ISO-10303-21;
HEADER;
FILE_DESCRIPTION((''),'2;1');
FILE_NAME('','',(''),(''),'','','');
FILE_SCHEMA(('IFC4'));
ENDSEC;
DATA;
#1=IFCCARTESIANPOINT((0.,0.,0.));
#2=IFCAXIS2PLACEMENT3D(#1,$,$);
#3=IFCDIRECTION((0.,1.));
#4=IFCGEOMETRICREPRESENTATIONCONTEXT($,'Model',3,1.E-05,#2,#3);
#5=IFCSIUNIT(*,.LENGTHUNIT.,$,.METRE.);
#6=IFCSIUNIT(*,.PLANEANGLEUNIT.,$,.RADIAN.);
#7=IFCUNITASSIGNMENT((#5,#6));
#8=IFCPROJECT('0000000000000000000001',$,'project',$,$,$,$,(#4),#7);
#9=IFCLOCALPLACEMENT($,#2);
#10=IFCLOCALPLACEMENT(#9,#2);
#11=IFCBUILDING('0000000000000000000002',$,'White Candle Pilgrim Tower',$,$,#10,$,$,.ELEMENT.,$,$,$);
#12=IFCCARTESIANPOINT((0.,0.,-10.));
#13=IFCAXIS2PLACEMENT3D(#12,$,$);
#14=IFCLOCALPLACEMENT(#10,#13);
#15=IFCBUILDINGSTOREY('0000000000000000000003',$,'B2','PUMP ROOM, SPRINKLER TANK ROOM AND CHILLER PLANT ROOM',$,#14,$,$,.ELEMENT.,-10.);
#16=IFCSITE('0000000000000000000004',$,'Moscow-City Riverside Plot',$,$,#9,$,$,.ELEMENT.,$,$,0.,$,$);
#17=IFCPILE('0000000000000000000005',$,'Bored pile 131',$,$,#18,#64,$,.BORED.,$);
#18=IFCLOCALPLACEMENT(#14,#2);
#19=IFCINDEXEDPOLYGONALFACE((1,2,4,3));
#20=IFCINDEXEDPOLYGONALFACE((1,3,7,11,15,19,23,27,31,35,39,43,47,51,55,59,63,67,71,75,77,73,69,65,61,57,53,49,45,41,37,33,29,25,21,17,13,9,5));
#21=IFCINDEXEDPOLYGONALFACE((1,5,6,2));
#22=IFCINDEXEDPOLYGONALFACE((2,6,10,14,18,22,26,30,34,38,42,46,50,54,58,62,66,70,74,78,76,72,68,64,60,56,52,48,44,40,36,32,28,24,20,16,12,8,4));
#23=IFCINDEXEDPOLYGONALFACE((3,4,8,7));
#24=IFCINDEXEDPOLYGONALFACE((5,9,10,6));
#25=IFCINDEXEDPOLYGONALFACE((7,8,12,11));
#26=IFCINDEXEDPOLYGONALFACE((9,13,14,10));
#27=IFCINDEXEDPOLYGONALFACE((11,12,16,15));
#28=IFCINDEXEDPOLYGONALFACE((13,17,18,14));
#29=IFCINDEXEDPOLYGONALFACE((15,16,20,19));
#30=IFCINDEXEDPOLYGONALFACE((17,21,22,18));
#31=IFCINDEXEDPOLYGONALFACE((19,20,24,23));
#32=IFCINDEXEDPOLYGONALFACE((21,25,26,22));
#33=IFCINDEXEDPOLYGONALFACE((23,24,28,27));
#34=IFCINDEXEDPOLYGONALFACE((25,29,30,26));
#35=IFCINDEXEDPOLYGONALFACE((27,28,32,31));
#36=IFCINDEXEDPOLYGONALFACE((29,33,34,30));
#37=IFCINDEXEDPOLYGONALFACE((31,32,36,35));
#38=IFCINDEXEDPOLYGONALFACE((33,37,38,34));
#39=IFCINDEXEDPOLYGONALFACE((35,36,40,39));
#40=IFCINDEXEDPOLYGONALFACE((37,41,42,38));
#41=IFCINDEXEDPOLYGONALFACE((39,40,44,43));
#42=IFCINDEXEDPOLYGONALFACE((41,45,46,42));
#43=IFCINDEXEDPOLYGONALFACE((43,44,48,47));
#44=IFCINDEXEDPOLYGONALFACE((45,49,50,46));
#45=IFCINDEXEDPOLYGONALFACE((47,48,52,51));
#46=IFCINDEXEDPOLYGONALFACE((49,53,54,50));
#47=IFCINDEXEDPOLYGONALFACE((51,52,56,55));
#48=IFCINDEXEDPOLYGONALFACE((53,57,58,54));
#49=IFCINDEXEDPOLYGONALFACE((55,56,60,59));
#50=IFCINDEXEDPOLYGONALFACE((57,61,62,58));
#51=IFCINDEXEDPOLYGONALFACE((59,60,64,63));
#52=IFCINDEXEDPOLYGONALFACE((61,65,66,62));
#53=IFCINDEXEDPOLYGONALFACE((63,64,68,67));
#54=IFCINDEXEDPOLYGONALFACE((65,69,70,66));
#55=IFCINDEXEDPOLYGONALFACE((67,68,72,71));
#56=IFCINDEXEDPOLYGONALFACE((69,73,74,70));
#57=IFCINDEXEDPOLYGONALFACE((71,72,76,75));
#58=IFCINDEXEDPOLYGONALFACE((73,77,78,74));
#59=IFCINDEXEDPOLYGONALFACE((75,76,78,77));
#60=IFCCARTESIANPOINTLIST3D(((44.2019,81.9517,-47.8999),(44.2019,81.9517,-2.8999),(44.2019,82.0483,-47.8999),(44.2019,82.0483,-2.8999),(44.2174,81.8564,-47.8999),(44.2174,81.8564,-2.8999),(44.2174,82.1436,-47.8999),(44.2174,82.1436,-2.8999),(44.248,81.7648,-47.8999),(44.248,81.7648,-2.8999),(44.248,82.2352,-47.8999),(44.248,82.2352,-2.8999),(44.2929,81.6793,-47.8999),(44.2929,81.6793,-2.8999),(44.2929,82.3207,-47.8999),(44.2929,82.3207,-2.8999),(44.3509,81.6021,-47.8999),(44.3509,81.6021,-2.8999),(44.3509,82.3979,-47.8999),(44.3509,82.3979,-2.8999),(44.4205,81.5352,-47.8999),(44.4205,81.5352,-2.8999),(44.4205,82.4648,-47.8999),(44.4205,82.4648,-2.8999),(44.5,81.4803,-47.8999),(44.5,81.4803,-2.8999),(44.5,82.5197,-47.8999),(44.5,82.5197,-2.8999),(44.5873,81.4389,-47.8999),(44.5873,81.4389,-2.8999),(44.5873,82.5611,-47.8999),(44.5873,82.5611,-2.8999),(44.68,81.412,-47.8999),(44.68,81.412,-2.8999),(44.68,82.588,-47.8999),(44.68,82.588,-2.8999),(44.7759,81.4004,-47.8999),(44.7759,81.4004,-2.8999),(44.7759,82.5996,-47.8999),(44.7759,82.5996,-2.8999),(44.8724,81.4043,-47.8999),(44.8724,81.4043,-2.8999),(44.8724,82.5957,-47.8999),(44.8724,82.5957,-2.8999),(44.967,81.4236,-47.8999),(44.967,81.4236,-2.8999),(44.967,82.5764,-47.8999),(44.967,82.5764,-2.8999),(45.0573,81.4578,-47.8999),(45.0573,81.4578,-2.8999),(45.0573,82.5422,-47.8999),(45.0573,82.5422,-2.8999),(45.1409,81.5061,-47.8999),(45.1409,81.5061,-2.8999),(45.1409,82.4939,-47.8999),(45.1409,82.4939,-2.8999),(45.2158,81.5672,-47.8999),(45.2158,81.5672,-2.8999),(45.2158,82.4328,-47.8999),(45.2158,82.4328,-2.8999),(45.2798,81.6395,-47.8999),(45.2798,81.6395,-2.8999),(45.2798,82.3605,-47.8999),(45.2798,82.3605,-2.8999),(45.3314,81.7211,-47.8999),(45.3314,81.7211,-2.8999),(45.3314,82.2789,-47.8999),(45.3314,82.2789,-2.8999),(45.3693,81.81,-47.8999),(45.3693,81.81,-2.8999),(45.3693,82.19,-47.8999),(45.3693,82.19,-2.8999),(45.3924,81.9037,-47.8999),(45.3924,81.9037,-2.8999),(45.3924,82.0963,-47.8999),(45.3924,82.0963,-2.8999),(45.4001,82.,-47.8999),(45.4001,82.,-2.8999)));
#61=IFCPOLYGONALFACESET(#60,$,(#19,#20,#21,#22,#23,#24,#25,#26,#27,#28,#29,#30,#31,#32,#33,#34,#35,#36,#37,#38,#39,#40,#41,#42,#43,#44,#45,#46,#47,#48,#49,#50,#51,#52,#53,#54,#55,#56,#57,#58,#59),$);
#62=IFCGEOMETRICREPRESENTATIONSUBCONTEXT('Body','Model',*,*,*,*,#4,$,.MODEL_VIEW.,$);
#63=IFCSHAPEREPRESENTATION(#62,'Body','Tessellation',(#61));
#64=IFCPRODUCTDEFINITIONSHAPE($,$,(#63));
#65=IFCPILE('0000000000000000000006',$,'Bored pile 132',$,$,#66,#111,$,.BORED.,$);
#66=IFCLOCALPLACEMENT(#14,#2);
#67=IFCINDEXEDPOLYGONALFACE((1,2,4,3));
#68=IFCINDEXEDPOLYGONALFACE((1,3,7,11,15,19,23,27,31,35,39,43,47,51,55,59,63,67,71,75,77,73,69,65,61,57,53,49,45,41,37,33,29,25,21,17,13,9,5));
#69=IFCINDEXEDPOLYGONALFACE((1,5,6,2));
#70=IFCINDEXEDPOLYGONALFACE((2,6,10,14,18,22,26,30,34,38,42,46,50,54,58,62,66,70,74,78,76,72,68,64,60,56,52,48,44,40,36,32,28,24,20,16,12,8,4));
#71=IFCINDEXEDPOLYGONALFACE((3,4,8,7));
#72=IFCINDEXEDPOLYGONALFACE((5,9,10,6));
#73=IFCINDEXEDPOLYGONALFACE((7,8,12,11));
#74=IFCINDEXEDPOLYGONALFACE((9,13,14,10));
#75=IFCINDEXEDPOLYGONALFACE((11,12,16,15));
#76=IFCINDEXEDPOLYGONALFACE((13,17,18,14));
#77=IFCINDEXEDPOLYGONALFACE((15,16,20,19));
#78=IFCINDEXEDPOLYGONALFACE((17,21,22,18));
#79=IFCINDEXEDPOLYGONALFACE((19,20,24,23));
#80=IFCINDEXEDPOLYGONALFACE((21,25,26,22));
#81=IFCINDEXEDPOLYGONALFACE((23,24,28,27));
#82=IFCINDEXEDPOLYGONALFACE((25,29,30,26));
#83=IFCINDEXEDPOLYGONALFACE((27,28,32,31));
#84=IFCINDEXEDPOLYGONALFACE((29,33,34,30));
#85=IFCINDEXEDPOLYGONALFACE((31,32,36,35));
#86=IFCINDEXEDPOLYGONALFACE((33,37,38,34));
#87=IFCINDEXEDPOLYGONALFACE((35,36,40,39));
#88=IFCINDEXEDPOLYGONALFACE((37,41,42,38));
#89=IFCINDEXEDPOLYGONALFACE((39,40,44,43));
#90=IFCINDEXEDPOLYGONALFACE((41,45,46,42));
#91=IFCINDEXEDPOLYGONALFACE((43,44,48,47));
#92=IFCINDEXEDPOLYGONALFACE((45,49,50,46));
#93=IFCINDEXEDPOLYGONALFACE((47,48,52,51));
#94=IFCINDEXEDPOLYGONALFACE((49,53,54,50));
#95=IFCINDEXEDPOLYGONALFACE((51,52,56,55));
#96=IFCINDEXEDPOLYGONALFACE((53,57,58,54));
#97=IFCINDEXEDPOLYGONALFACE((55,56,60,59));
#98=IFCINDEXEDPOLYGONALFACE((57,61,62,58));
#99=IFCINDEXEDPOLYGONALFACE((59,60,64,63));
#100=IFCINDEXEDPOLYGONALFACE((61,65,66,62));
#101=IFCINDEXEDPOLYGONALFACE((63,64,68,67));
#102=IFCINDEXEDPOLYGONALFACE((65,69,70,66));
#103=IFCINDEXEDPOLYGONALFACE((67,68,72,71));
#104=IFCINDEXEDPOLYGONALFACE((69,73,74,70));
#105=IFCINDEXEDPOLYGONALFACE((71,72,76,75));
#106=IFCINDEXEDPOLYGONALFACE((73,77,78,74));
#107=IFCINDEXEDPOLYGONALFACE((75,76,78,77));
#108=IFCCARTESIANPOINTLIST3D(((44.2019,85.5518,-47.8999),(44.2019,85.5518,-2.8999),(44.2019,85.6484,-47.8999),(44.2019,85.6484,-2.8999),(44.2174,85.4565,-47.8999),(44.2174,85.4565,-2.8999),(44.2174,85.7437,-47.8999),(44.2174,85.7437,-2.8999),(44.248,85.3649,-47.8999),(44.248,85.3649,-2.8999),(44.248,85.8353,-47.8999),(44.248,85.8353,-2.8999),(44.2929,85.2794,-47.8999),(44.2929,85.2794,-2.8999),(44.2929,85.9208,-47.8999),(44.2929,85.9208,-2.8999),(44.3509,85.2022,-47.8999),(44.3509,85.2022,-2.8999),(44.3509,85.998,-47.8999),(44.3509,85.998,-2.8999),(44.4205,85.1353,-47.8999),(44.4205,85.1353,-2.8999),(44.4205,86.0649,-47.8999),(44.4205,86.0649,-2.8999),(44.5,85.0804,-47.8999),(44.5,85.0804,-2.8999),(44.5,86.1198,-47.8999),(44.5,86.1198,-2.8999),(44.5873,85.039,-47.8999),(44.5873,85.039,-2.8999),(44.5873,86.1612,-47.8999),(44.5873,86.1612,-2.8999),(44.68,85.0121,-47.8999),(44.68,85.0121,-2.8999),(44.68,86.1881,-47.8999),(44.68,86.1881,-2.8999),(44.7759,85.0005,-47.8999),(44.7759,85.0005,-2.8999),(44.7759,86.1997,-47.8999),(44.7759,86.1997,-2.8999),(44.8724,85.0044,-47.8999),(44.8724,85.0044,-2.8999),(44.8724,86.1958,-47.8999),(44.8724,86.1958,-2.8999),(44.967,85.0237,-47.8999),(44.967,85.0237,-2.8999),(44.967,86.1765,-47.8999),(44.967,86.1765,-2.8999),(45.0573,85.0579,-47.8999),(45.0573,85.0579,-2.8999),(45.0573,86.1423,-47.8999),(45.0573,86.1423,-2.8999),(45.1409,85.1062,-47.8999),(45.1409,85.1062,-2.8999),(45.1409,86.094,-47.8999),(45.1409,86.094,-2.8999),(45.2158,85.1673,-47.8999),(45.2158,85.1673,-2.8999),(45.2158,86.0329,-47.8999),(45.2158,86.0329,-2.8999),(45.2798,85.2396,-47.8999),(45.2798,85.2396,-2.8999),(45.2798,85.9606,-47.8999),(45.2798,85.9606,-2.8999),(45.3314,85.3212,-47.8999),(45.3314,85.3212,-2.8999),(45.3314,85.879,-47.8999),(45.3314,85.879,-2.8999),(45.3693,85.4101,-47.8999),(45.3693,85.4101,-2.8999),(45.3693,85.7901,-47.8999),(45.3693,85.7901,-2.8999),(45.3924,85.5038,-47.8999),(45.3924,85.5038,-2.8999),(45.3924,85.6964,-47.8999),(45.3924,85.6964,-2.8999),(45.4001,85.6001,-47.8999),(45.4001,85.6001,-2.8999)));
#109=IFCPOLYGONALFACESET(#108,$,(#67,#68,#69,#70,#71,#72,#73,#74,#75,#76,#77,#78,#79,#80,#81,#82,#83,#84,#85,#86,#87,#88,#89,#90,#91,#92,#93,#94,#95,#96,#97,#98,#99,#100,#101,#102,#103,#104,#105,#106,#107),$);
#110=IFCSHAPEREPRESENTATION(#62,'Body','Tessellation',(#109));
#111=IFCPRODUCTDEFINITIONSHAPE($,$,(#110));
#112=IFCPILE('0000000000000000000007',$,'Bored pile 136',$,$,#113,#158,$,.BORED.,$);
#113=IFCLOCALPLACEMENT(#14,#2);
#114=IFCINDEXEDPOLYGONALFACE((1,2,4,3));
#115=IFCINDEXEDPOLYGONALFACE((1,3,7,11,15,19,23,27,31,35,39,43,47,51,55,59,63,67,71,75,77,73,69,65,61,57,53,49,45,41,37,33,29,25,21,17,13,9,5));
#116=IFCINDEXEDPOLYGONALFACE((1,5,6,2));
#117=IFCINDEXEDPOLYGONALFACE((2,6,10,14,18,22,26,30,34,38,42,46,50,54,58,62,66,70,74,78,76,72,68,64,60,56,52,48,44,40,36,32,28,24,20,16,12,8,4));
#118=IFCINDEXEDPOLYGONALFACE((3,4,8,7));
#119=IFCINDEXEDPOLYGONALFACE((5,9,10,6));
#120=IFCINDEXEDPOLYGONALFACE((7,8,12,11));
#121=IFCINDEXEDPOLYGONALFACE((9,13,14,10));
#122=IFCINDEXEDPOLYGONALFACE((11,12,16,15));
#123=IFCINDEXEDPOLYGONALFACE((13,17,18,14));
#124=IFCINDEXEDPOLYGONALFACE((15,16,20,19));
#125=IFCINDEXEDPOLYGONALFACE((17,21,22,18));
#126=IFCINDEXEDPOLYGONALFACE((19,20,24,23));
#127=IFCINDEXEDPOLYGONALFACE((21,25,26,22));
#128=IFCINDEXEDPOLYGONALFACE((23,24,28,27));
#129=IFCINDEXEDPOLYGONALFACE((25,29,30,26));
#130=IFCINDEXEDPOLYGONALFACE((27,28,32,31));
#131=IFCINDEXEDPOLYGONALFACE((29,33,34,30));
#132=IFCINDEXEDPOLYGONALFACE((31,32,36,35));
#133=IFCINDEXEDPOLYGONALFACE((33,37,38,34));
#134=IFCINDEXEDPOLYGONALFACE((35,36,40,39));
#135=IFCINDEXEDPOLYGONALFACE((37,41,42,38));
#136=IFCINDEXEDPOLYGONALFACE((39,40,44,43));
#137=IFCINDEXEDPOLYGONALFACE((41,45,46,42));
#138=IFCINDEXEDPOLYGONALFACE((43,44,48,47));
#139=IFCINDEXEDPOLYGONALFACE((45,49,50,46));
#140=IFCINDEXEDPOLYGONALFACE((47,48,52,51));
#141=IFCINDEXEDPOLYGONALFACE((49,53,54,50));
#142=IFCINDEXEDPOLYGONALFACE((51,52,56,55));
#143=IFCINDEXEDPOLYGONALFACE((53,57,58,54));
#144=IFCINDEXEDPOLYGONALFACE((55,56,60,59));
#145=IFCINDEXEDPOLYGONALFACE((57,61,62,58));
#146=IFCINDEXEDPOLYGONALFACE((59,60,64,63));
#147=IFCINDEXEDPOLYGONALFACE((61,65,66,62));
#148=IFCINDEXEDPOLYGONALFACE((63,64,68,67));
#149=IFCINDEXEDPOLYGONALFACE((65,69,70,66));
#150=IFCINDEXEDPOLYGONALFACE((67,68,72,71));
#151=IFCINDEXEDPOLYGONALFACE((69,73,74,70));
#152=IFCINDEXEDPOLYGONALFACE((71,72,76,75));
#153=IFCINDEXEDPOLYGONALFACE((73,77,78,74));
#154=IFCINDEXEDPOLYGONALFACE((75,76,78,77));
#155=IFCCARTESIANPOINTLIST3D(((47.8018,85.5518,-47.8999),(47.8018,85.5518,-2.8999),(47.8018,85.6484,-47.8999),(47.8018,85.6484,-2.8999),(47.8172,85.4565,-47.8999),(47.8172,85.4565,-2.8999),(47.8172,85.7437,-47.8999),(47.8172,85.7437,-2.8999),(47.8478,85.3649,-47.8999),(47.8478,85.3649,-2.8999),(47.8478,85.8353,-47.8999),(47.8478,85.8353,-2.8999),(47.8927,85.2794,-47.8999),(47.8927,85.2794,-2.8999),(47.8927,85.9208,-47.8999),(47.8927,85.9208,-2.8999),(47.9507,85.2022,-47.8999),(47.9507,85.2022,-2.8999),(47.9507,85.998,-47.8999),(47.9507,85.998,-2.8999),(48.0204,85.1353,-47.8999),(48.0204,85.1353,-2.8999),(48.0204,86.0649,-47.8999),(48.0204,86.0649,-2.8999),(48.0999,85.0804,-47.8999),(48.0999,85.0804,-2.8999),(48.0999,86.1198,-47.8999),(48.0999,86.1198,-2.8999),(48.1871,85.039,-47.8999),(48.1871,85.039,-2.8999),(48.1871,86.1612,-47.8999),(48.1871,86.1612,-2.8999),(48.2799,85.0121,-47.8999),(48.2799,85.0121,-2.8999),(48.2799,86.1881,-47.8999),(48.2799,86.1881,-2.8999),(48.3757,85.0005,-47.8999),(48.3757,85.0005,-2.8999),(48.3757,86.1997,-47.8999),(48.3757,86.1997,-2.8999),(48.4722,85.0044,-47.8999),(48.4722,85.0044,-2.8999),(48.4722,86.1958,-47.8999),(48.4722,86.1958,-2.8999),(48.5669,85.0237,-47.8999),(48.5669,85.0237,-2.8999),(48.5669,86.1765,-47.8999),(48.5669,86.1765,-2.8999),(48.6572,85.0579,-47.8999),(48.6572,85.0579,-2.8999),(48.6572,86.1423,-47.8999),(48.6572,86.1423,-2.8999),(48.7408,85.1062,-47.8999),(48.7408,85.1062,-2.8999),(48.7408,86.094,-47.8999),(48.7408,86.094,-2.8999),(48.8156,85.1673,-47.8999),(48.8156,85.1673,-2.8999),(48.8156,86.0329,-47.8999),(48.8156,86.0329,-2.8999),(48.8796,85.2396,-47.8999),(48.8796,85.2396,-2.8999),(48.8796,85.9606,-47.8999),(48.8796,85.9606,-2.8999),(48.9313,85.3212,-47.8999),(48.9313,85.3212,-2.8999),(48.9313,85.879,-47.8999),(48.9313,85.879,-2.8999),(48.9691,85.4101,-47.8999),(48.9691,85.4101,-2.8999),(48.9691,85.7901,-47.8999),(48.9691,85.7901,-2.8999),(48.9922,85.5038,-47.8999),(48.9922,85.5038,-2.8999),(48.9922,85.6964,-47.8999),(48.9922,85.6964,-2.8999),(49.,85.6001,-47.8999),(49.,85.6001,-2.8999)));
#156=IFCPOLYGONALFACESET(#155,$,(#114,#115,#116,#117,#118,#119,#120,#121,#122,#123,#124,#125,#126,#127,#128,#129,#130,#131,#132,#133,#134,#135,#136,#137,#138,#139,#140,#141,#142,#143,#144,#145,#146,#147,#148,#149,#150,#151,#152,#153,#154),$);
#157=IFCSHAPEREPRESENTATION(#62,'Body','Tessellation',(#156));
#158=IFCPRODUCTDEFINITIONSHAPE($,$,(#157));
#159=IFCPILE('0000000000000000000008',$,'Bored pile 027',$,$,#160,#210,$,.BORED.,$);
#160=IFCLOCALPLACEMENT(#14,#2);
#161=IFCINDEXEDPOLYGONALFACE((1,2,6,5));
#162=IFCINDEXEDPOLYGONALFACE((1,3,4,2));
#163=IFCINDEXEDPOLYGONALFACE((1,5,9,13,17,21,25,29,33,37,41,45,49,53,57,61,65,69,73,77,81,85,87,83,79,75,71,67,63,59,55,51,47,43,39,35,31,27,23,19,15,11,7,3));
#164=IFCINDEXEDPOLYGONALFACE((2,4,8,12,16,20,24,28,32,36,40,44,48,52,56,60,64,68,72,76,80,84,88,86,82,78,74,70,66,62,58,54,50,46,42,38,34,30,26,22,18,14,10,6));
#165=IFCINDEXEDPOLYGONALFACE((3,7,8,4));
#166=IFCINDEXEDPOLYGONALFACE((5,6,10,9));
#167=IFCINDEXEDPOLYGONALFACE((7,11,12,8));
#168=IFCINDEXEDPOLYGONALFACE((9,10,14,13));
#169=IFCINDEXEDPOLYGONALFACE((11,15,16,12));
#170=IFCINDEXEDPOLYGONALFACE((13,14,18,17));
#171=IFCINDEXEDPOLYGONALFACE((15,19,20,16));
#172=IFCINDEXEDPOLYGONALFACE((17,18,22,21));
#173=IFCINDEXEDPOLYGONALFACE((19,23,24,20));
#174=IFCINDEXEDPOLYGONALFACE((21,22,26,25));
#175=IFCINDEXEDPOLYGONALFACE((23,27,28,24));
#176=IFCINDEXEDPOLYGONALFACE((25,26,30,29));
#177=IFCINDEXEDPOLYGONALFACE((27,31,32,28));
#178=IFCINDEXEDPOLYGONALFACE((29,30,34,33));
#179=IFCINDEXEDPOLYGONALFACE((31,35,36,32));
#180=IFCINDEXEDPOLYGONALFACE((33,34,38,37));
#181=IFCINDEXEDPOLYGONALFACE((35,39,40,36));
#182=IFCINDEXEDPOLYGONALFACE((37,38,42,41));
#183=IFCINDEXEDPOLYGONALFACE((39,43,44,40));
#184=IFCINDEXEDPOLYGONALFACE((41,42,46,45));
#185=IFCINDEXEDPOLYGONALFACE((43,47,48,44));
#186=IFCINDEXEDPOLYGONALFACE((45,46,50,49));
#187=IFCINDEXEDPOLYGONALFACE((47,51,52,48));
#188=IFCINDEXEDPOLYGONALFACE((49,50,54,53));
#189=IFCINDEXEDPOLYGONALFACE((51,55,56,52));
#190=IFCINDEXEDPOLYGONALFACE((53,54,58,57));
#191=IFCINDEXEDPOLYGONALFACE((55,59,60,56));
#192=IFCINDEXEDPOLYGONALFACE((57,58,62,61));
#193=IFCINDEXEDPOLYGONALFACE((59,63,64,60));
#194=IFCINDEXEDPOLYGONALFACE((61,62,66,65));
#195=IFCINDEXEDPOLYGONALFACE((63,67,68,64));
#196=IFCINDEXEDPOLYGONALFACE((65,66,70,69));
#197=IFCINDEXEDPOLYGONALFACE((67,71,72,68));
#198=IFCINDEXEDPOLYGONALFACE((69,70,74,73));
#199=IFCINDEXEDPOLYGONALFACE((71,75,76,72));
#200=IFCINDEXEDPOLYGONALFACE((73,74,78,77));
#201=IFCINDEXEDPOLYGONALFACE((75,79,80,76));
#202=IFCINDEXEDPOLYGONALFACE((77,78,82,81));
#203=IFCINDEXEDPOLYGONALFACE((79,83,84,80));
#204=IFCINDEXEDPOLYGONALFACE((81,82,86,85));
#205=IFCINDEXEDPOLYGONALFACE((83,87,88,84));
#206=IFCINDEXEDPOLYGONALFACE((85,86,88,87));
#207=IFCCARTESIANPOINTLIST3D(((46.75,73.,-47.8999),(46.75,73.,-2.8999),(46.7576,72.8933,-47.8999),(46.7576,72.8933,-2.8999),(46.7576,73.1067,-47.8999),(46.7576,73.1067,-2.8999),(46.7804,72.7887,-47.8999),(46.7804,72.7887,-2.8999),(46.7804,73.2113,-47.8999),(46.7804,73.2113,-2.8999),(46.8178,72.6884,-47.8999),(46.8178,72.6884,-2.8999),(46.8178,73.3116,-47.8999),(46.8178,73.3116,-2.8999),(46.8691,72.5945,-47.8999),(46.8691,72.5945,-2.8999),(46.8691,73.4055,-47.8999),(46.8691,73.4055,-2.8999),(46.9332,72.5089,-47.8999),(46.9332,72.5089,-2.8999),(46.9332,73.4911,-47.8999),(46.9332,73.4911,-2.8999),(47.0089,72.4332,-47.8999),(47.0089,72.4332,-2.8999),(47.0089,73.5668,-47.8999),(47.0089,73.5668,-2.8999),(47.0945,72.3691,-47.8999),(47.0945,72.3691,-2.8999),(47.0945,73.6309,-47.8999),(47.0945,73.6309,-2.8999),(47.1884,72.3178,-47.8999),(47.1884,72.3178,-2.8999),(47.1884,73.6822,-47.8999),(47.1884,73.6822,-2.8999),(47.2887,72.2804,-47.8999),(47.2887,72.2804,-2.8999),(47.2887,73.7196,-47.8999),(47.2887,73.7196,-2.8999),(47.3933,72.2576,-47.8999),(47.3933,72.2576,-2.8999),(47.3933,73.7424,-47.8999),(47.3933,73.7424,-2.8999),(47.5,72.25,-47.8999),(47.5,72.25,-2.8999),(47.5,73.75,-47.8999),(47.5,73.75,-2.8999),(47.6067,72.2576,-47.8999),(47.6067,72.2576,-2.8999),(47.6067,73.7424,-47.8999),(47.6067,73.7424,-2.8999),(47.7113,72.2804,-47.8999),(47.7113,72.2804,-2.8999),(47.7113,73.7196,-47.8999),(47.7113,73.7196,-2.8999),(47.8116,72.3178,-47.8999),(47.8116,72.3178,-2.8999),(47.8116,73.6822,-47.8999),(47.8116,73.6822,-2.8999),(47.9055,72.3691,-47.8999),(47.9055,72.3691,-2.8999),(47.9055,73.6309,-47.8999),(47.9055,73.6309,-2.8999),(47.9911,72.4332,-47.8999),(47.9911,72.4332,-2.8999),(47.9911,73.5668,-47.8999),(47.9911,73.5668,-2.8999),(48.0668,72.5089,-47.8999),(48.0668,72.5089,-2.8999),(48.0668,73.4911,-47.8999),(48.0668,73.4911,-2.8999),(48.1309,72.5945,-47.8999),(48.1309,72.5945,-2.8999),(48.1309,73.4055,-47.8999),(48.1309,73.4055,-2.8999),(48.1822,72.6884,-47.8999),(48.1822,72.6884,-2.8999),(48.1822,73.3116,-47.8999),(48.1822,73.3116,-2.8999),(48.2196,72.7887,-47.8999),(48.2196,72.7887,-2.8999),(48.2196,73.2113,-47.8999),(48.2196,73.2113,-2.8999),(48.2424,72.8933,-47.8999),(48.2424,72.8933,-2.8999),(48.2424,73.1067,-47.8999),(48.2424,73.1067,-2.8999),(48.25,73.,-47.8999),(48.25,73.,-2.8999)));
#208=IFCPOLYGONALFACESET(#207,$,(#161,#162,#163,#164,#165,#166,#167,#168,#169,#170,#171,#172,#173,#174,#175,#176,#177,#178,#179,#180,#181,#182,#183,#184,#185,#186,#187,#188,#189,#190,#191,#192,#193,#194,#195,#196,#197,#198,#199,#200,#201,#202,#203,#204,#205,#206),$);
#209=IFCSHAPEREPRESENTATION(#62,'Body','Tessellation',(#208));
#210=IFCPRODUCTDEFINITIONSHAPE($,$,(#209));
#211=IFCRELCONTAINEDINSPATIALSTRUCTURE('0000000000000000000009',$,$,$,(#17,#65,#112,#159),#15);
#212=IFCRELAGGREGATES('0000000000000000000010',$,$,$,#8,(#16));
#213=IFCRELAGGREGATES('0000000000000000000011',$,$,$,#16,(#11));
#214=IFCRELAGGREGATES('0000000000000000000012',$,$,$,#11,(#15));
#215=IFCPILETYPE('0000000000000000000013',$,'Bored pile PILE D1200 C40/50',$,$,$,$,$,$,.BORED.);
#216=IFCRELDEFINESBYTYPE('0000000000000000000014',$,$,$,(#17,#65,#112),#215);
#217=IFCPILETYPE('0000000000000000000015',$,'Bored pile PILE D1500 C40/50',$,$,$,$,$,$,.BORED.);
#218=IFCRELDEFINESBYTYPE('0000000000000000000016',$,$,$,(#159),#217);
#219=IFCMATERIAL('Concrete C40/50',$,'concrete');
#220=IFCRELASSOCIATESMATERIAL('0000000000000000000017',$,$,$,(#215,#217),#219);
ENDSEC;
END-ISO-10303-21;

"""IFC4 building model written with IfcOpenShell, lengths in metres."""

from ifc_helpers import new_model, si_unit, direction, frame, origin, origin_2d, place, context, subcontext, project, spatial, circle, extrude, material, material_profile, profile_set, type_object, element, save


model = new_model("IFC4")

# Units and contexts
model_context = context("Model", 3, precision=1e-05, world=origin(), true_north=direction((0.0, 1.0)))
body_context = subcontext(model_context, "Body", "Model", "MODEL_VIEW")
ifc_project = project(units=[si_unit("LENGTHUNIT", "METRE"), si_unit("PLANEANGLEUNIT", "RADIAN")], contexts=[model_context])

# Site, building, storey
site_placement = place(None, origin())
site = spatial("IfcSite", under=ifc_project, at=site_placement, Name="Moscow-City Riverside Plot", CompositionType="ELEMENT", RefElevation=0.0)
building_placement = place(site_placement, origin())
building = spatial("IfcBuilding", under=site, at=building_placement, Name="White Candle Pilgrim Tower", CompositionType="ELEMENT")
storey_placement = place(building_placement, frame((0.0, 0.0, -10.0)))
storey = spatial("IfcBuildingStorey", under=building, at=storey_placement, Name="B2", Description="PUMP ROOM, SPRINKLER TANK ROOM AND CHILLER PLANT ROOM", CompositionType="ELEMENT", Elevation=-10.0)

# Piles
ifc_material_1 = material(Name="Concrete C40/50", Category="concrete")
ifc_material_profile_1 = material_profile(ifc_material_1, circle(Radius=0.6001, at=origin_2d()), Name="PILE D1200")
ifc_profile_set_1 = profile_set([ifc_material_profile_1], Name="Concrete C40/50")
pile_type_1 = type_object("IfcPileType", Name="Bored pile PILE D1200 C40/50", PredefinedType="BORED", material=ifc_profile_set_1)
for number, where, z_axis, x_axis, name in (
    (1, (44.8, 82.0, -2.8999), (0.0, 0.0, -1.0), (1.0, 0.0, 0.0), "Bored pile 131"),
    (2, (44.8, 85.6001, -2.8999), (0.0, 0.0, -1.0), (1.0, 0.0, 0.0), "Bored pile 132"),
    (3, (48.3999, 85.6001, -2.8999), (0.0, 0.0, -1.0), (1.0, 0.0, 0.0), "Bored pile 136"),
):
    element("IfcPile", number, at=place(storey_placement, frame(where, z_axis=z_axis, x_axis=x_axis)), inside=storey, type_object=pile_type_1, Name=name, PredefinedType="BORED", context=body_context, shape_type="SweptSolid", body=[
        extrude(circle(Radius=0.6001, at=origin_2d()), origin(), (0.0, 0.0, 1.0), 45.0),
    ])
ifc_material_profile_2 = material_profile(ifc_material_1, circle(Radius=0.75, at=origin_2d()), Name="PILE D1500")
ifc_profile_set_2 = profile_set([ifc_material_profile_2], Name="Concrete C40/50")
pile_type_2 = type_object("IfcPileType", Name="Bored pile PILE D1500 C40/50", PredefinedType="BORED", material=ifc_profile_set_2)
for number, where, z_axis, x_axis, name in (
    (4, (47.5, 73.0, -2.8999), (0.0, 0.0, -1.0), (1.0, 0.0, 0.0), "Bored pile 027"),
):
    element("IfcPile", number, at=place(storey_placement, frame(where, z_axis=z_axis, x_axis=x_axis)), inside=storey, type_object=pile_type_2, Name=name, PredefinedType="BORED", context=body_context, shape_type="SweptSolid", body=[
        extrude(circle(Radius=0.75, at=origin_2d()), origin(), (0.0, 0.0, 1.0), 45.0),
    ])

save(model, "model.ifc")
